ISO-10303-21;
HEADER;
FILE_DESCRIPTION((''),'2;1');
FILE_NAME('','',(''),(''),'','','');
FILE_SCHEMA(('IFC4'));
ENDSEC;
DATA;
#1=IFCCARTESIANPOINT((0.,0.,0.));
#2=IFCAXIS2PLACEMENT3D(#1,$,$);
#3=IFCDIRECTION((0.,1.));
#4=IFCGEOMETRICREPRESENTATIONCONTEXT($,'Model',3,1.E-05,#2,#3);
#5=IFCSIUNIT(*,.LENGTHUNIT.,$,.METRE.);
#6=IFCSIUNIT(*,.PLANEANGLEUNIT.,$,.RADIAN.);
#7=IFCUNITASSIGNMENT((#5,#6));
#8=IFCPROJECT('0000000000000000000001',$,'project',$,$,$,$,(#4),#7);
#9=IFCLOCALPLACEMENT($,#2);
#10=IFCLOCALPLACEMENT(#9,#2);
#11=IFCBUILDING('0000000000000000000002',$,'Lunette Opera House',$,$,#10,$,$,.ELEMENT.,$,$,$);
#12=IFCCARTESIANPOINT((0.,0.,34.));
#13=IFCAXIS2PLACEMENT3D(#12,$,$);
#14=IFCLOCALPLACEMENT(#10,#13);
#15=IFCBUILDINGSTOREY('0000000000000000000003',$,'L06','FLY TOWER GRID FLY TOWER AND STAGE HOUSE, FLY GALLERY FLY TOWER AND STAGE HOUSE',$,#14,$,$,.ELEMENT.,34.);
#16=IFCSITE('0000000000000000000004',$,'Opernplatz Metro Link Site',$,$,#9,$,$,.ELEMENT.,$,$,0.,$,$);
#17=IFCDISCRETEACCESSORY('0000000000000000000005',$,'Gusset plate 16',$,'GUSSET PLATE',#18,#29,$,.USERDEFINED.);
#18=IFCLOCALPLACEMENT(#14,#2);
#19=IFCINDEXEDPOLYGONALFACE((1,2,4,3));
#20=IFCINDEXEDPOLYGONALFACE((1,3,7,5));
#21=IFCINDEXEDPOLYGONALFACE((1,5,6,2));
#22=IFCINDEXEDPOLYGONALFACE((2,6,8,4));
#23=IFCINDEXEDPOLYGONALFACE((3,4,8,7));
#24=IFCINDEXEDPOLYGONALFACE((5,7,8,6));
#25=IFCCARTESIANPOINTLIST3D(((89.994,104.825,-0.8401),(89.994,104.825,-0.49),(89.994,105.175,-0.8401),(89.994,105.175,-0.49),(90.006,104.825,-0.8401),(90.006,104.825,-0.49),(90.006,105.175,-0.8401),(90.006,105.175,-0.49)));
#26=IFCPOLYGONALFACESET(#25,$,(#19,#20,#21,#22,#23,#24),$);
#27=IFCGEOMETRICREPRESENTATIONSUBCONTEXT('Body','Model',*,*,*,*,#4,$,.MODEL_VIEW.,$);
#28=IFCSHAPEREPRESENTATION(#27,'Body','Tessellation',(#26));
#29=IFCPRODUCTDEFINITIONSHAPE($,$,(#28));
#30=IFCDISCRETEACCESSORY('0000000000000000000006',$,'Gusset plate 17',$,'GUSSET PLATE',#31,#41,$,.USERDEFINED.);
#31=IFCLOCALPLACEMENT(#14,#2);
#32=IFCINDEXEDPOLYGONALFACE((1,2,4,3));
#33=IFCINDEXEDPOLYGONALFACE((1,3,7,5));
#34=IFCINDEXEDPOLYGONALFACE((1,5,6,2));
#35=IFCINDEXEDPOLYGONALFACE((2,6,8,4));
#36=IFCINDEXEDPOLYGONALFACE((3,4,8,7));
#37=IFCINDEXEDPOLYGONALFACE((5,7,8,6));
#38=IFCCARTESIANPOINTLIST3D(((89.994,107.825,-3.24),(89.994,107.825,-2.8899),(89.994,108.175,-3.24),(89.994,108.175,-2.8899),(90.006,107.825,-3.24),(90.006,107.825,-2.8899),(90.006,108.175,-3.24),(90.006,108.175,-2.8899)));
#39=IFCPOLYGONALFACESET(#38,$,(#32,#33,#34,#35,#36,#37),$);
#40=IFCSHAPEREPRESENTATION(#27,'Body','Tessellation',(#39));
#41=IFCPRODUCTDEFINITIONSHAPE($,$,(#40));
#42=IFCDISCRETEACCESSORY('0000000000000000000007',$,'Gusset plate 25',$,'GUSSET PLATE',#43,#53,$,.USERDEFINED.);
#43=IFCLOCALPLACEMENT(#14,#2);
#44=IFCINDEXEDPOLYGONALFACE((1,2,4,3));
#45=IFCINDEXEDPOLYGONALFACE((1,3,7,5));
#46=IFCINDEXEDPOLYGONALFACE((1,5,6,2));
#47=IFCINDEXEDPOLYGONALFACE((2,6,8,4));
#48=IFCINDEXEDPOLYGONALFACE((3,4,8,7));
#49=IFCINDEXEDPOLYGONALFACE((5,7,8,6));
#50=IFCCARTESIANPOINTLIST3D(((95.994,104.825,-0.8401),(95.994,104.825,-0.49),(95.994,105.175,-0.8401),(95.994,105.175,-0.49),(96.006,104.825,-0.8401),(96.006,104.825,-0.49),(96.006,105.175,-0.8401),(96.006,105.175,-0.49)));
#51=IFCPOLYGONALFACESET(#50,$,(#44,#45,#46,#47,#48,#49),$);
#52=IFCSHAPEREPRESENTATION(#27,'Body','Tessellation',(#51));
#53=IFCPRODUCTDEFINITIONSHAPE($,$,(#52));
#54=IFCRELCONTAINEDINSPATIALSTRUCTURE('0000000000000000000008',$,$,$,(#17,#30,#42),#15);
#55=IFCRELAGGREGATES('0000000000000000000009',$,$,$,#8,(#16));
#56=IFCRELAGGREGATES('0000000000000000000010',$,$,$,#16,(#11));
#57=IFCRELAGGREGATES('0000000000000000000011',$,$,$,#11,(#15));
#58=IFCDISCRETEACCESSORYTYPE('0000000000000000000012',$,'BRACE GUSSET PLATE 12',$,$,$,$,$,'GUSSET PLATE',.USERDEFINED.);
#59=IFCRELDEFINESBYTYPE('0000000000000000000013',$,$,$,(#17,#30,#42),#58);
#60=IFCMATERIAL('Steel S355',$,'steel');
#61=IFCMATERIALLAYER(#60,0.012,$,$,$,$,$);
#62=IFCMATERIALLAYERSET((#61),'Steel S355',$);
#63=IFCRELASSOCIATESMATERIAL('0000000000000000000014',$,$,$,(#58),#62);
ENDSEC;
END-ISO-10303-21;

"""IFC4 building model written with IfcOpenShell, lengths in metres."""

from ifc_helpers import new_model, si_unit, direction, frame, origin, origin_2d, place, context, subcontext, project, spatial, rectangle, extrude, material, layer, layer_set, type_object, element, save


model = new_model("IFC4")

# Units and contexts
model_context = context("Model", 3, precision=1e-05, world=origin(), true_north=direction((0.0, 1.0)))
body_context = subcontext(model_context, "Body", "Model", "MODEL_VIEW")
ifc_project = project(units=[si_unit("LENGTHUNIT", "METRE"), si_unit("PLANEANGLEUNIT", "RADIAN")], contexts=[model_context])

# Site, building, storey
site_placement = place(None, origin())
site = spatial("IfcSite", under=ifc_project, at=site_placement, Name="Opernplatz Metro Link Site", CompositionType="ELEMENT", RefElevation=0.0)
building_placement = place(site_placement, origin())
building = spatial("IfcBuilding", under=site, at=building_placement, Name="Lunette Opera House", CompositionType="ELEMENT")
storey_placement = place(building_placement, frame((0.0, 0.0, 34.0)))
storey = spatial("IfcBuildingStorey", under=building, at=storey_placement, Name="L06", Description="FLY TOWER GRID FLY TOWER AND STAGE HOUSE, FLY GALLERY FLY TOWER AND STAGE HOUSE", CompositionType="ELEMENT", Elevation=34.0)

# Discrete accessories
ifc_material_1 = material(Name="Steel S355", Category="steel")
ifc_layer = layer(ifc_material_1, 0.012)
ifc_layer_set = layer_set([ifc_layer], Name="Steel S355")
discrete_accessory_type = type_object("IfcDiscreteAccessoryType", Name="BRACE GUSSET PLATE 12", ElementType="GUSSET PLATE", PredefinedType="USERDEFINED", material=ifc_layer_set)
for number, where, z_axis, x_axis, name in (
    (1, (90.0, 105.0, -0.8401), (0.0, 0.0, 1.0), (0.0, 1.0, 0.0), "Gusset plate 16"),
    (2, (90.0, 108.0, -3.24), (0.0, 0.0, 1.0), (0.0, 1.0, 0.0), "Gusset plate 17"),
    (3, (96.0, 105.0, -0.8401), (0.0, 0.0, 1.0), (0.0, 1.0, 0.0), "Gusset plate 25"),
):
    element("IfcDiscreteAccessory", number, at=place(storey_placement, frame(where, z_axis=z_axis, x_axis=x_axis)), inside=storey, type_object=discrete_accessory_type, Name=name, ObjectType="GUSSET PLATE", PredefinedType="USERDEFINED", context=body_context, shape_type="SweptSolid", body=[
        extrude(rectangle(XDim=0.3501, YDim=0.012, at=origin_2d()), origin(), (0.0, 0.0, 1.0), 0.3501),
    ])

save(model, "model.ifc")
